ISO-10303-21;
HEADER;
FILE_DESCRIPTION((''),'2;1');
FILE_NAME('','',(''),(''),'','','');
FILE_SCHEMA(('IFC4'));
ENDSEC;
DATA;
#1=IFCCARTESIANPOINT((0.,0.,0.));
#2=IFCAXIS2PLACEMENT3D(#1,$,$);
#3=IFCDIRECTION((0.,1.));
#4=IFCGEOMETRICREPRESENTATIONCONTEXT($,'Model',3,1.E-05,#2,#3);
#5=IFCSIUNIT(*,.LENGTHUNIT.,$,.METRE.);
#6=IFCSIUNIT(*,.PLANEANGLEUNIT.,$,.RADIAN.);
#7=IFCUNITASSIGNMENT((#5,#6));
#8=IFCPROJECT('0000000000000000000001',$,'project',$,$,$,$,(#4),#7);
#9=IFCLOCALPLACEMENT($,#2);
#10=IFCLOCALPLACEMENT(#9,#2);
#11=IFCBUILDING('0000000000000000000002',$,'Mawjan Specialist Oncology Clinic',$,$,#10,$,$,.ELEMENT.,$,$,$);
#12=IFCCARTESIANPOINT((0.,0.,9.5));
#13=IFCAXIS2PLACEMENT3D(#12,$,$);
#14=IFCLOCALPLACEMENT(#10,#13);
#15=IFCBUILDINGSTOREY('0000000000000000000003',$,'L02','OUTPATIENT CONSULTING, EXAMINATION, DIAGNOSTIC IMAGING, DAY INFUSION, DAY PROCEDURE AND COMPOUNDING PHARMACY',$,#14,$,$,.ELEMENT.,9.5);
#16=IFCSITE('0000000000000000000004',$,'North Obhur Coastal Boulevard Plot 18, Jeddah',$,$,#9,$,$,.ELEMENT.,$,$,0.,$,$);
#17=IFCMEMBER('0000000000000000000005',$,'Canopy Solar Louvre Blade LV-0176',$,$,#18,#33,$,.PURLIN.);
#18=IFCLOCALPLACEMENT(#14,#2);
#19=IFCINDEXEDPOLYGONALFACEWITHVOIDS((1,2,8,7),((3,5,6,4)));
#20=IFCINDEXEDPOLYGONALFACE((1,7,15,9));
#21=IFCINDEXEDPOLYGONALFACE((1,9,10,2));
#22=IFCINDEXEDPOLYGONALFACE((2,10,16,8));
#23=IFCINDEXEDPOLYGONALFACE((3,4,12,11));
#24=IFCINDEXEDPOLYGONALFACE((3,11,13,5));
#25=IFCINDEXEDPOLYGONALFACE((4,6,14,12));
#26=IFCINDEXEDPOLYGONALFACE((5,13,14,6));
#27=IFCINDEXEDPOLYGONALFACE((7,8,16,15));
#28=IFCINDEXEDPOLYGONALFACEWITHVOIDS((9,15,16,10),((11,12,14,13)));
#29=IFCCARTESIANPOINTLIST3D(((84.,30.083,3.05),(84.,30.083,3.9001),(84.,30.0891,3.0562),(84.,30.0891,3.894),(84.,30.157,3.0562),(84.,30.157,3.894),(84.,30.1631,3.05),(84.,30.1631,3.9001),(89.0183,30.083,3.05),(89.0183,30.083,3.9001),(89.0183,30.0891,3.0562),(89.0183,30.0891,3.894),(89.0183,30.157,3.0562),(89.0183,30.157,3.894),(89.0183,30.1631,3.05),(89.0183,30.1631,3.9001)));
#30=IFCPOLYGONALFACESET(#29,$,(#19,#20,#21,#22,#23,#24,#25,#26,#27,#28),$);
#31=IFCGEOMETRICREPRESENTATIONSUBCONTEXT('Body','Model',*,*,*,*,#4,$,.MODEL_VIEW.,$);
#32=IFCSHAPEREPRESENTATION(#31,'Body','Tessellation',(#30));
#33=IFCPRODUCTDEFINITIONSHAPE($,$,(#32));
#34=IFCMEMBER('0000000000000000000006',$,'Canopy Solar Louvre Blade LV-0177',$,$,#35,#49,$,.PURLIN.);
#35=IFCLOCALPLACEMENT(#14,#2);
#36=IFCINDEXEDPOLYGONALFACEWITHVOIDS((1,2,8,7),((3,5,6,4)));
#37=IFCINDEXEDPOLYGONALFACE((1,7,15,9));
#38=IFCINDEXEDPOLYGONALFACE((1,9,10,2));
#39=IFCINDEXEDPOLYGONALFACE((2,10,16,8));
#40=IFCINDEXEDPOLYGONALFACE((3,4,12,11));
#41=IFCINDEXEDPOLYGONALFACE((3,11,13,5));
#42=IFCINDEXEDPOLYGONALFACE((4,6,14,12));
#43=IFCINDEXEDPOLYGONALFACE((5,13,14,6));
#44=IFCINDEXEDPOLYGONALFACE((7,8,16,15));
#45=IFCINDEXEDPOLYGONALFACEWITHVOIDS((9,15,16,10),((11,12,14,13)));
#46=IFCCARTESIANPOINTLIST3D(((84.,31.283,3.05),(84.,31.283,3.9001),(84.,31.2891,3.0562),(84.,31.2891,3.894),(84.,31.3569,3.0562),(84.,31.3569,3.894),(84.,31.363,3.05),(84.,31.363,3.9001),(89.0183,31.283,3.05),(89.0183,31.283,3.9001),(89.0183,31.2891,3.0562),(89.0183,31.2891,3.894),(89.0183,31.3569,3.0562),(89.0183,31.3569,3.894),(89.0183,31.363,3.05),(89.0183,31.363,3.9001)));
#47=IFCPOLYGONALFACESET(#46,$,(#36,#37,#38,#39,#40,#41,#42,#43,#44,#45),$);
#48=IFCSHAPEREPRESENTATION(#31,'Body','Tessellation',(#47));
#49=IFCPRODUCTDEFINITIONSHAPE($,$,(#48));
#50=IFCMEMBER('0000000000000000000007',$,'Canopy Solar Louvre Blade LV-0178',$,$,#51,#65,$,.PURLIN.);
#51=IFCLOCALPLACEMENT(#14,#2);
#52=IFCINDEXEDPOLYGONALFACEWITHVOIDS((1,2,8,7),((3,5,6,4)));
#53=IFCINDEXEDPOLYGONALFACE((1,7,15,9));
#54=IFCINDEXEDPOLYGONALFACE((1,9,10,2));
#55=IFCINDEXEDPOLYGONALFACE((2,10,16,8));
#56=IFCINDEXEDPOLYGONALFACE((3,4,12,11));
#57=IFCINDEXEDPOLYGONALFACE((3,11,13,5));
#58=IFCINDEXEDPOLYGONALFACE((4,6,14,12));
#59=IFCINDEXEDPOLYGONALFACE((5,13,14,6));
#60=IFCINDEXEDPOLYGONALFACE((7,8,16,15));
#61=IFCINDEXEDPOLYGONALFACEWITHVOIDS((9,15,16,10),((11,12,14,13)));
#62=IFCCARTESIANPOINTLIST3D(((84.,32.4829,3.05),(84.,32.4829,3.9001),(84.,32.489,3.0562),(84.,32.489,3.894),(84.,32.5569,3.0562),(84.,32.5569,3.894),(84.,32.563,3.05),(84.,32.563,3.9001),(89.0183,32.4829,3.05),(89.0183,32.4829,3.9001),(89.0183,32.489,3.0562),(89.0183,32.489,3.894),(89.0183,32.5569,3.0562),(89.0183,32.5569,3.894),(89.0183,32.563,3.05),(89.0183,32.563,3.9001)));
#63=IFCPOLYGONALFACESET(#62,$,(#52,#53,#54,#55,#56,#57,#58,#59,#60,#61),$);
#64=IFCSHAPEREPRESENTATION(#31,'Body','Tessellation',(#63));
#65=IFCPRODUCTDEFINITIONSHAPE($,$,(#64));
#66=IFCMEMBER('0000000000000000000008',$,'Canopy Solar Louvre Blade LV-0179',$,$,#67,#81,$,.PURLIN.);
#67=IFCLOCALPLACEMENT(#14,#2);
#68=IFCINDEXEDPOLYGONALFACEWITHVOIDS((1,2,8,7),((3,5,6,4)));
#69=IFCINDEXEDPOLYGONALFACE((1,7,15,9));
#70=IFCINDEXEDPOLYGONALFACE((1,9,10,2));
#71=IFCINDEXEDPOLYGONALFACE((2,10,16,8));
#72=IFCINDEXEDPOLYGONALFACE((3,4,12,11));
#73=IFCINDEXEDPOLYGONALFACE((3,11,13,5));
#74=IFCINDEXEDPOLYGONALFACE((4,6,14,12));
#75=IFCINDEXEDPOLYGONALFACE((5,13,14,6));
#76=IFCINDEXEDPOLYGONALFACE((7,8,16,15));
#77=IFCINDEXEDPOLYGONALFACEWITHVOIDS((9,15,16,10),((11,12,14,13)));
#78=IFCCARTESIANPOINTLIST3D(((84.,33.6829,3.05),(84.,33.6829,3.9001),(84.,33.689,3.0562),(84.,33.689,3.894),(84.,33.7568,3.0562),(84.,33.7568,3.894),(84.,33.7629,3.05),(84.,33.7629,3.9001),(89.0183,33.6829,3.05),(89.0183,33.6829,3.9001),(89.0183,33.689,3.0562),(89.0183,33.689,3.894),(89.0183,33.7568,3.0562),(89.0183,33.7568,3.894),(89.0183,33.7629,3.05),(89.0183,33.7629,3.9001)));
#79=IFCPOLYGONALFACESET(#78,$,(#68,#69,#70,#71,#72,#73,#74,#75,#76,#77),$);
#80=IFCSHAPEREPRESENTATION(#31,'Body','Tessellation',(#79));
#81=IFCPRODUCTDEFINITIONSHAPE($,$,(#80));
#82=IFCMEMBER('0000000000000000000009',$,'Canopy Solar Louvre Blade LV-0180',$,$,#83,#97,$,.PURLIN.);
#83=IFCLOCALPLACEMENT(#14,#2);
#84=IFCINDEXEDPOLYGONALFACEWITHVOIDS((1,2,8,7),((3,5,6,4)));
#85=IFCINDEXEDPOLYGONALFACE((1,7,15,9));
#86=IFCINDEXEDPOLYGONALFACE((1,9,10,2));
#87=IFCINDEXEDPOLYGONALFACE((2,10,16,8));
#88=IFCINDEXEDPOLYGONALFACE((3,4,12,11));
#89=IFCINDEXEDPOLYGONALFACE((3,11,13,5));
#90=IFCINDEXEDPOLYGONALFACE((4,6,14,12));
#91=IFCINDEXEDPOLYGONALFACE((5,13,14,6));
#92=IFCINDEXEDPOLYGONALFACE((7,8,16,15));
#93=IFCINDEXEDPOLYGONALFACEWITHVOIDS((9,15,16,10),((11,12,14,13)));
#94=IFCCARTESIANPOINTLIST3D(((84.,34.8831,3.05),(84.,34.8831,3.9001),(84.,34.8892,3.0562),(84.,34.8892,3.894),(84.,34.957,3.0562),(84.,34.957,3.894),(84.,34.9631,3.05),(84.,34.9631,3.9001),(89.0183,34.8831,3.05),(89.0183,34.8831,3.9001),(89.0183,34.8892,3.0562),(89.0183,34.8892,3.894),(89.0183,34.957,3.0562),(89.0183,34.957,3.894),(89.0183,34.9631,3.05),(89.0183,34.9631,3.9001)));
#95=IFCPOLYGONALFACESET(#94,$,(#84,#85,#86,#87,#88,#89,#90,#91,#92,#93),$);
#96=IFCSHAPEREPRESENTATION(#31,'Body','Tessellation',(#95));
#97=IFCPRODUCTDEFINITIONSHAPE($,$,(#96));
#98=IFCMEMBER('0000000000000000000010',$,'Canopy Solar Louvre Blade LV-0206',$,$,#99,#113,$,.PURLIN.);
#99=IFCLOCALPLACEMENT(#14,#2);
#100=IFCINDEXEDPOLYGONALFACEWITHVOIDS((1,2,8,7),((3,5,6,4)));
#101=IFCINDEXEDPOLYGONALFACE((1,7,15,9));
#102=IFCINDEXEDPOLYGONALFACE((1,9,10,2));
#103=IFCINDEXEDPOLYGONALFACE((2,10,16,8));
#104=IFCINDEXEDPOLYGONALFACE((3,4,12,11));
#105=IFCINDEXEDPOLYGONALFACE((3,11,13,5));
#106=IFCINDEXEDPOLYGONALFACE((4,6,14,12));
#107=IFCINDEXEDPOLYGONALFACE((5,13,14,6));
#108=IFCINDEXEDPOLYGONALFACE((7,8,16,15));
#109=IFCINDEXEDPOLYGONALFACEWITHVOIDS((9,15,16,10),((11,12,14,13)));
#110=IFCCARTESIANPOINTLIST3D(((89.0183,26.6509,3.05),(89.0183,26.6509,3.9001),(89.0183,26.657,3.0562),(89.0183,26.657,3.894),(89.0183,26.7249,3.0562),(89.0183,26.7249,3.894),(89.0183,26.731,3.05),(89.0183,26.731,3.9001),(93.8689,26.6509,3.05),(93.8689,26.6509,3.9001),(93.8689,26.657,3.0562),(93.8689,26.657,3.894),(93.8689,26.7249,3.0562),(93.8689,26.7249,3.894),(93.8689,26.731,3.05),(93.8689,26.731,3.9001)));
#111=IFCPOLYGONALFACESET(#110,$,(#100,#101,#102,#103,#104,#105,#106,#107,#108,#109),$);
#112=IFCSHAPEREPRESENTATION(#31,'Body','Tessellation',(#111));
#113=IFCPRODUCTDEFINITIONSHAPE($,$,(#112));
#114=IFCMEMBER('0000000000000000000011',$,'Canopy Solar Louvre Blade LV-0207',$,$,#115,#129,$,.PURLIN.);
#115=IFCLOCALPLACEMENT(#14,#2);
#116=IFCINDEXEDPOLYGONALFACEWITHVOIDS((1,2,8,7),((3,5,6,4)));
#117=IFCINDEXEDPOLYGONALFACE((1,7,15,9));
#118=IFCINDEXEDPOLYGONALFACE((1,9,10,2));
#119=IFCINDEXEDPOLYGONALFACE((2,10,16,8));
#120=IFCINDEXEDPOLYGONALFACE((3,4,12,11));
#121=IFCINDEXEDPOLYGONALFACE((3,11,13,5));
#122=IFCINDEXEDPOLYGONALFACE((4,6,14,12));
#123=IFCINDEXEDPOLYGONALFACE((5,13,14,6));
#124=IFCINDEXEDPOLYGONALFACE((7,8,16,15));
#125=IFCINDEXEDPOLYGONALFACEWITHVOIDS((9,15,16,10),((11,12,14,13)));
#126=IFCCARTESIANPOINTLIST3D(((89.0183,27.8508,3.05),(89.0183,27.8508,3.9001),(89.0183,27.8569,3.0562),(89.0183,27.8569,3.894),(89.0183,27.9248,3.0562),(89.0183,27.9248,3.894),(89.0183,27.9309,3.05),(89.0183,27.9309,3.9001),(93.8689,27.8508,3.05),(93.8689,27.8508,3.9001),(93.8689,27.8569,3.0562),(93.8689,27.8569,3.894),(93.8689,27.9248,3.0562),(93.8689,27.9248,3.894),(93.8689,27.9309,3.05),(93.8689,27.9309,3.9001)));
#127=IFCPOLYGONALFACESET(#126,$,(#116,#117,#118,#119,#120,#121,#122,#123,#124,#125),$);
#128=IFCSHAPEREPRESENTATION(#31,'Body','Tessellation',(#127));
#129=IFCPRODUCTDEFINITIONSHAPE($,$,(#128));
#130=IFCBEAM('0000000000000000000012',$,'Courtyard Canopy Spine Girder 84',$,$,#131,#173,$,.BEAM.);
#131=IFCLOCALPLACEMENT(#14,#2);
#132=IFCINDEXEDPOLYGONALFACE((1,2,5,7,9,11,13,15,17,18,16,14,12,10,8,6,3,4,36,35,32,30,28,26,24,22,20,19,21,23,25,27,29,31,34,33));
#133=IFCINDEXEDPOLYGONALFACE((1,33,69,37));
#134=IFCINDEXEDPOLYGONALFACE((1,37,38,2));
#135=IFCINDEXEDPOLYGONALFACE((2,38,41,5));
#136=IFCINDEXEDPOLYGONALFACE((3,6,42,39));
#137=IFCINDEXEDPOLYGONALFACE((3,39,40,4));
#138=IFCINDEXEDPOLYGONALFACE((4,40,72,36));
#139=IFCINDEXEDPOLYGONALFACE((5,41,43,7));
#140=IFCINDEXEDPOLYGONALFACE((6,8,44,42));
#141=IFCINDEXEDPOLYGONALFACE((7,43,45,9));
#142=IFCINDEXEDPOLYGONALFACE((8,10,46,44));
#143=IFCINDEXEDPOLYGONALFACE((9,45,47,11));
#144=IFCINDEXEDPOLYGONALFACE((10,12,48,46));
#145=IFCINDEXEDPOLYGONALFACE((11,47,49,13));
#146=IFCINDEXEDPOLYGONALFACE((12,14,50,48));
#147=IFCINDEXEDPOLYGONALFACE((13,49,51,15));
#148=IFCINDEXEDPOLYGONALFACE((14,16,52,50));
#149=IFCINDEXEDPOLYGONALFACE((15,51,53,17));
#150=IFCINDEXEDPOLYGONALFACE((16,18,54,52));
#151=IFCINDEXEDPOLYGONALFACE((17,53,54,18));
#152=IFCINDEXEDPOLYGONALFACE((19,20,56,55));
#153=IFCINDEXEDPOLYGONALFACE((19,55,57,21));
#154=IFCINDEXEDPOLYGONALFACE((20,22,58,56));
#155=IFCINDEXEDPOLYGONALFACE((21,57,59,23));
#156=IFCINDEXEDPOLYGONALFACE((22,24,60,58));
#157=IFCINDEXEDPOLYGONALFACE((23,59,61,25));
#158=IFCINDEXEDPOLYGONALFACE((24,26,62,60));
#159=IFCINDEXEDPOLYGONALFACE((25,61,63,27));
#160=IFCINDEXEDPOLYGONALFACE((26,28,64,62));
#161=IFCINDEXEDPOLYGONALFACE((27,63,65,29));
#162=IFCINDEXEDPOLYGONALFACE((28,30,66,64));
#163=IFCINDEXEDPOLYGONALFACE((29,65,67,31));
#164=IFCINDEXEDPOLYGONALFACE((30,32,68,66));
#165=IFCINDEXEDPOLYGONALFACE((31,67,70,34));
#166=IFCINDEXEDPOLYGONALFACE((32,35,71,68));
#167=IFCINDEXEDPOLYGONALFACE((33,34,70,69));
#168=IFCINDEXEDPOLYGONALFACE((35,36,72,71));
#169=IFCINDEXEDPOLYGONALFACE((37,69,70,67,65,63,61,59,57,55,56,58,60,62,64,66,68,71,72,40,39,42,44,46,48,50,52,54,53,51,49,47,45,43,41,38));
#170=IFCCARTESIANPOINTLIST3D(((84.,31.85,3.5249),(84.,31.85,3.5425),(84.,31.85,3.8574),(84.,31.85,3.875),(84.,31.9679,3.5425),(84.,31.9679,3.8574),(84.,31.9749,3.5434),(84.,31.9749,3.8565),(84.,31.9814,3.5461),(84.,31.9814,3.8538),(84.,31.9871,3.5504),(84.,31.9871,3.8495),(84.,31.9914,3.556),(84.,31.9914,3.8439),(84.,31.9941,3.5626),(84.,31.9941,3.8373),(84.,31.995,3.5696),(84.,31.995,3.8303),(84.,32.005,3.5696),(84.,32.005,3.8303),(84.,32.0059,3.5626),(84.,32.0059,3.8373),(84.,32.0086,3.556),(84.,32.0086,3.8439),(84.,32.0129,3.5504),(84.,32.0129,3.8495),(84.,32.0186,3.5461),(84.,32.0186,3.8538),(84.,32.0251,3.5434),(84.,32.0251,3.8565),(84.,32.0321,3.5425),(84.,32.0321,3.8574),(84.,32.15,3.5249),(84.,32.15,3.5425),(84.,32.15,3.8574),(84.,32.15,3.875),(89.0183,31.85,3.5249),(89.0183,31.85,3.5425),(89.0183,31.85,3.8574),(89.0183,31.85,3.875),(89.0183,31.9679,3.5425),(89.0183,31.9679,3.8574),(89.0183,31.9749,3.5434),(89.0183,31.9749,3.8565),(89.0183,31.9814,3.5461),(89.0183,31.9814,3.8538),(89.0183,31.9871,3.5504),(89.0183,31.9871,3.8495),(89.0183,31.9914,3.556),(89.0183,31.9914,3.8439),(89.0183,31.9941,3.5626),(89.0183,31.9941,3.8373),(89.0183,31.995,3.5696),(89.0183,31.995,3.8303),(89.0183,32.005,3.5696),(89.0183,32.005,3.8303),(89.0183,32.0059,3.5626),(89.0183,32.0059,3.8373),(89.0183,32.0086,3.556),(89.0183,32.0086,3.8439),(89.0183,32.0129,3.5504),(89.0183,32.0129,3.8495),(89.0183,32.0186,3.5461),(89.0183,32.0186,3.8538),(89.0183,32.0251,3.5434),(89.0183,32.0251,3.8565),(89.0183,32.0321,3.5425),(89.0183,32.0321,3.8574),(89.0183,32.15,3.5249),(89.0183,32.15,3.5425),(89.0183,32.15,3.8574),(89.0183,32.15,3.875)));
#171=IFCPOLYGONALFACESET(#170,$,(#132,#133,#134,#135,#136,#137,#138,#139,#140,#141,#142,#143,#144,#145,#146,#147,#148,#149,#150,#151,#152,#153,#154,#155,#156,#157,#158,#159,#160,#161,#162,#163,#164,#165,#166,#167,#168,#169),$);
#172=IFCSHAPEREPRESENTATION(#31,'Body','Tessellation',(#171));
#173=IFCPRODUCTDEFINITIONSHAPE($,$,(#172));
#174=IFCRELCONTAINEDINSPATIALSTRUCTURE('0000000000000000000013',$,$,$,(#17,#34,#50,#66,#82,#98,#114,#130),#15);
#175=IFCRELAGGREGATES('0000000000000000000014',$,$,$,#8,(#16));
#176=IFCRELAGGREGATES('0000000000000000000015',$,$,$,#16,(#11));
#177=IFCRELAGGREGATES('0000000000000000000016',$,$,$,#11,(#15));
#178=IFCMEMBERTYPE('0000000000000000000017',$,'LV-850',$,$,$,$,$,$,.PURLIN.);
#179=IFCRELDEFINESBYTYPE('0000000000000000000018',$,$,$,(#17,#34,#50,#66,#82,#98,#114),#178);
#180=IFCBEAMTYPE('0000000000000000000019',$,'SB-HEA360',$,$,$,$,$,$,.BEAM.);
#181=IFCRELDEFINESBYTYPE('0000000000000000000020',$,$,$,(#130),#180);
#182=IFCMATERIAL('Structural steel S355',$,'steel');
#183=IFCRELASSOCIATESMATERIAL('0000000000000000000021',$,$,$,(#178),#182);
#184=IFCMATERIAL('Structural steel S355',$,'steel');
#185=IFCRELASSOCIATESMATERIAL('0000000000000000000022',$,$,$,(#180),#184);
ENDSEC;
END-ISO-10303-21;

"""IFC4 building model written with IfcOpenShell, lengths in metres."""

from ifc_helpers import new_model, si_unit, direction, frame, origin, origin_2d, place, context, subcontext, project, spatial, hollow_rectangle, i_section, extrude, material, material_profile, profile_set, type_object, element, save


model = new_model("IFC4")

# Units and contexts
model_context = context("Model", 3, precision=1e-05, world=origin(), true_north=direction((0.0, 1.0)))
body_context = subcontext(model_context, "Body", "Model", "MODEL_VIEW")
ifc_project = project(units=[si_unit("LENGTHUNIT", "METRE"), si_unit("PLANEANGLEUNIT", "RADIAN")], contexts=[model_context])

# Site, building, storey
site_placement = place(None, origin())
site = spatial("IfcSite", under=ifc_project, at=site_placement, Name="North Obhur Coastal Boulevard Plot 18, Jeddah", CompositionType="ELEMENT", RefElevation=0.0)
building_placement = place(site_placement, origin())
building = spatial("IfcBuilding", under=site, at=building_placement, Name="Mawjan Specialist Oncology Clinic", CompositionType="ELEMENT")
storey_placement = place(building_placement, frame((0.0, 0.0, 9.5)))
storey = spatial("IfcBuildingStorey", under=building, at=storey_placement, Name="L02", Description="OUTPATIENT CONSULTING, EXAMINATION, DIAGNOSTIC IMAGING, DAY INFUSION, DAY PROCEDURE AND COMPOUNDING PHARMACY", CompositionType="ELEMENT", Elevation=9.5)

# Members
ifc_material_1 = material(Name="Structural steel S355", Category="steel")
ifc_material_profile_1 = material_profile(ifc_material_1, hollow_rectangle(XDim=0.0801, YDim=0.8501, WallThickness=0.0061, at=origin_2d()), Name="LOUVRE 850x80x6", Category="steel")
ifc_profile_set_1 = profile_set([ifc_material_profile_1], Name="Structural steel S355")
member_type = type_object("IfcMemberType", Name="LV-850", PredefinedType="PURLIN", material=ifc_profile_set_1)
for number, where, z_axis, x_axis, name in (
    (1, (84.0, 30.123, 3.4751), (1.0, 0.0, 0.0), (0.0, 1.0, 0.0), "Canopy Solar Louvre Blade LV-0176"),
    (2, (84.0, 31.323, 3.4751), (1.0, 0.0, 0.0), (0.0, 1.0, 0.0), "Canopy Solar Louvre Blade LV-0177"),
    (3, (84.0, 32.5229, 3.4751), (1.0, 0.0, 0.0), (0.0, 1.0, 0.0), "Canopy Solar Louvre Blade LV-0178"),
    (4, (84.0, 33.7229, 3.4751), (1.0, 0.0, 0.0), (0.0, 1.0, 0.0), "Canopy Solar Louvre Blade LV-0179"),
    (5, (84.0, 34.9231, 3.4751), (1.0, 0.0, 0.0), (0.0, 1.0, 0.0), "Canopy Solar Louvre Blade LV-0180"),
):
    element("IfcMember", number, at=place(storey_placement, frame(where, z_axis=z_axis, x_axis=x_axis)), inside=storey, type_object=member_type, Name=name, PredefinedType="PURLIN", context=body_context, shape_type="SweptSolid", body=[
        extrude(hollow_rectangle(XDim=0.0801, YDim=0.8501, WallThickness=0.0061, at=origin_2d()), origin(), (0.0, 0.0, 1.0), 5.0183),
    ])
for number, where, z_axis, x_axis, name in (
    (6, (89.0183, 26.6909, 3.4751), (1.0, 0.0, 0.0), (0.0, 1.0, 0.0), "Canopy Solar Louvre Blade LV-0206"),
    (7, (89.0183, 27.8909, 3.4751), (1.0, 0.0, 0.0), (0.0, 1.0, 0.0), "Canopy Solar Louvre Blade LV-0207"),
):
    element("IfcMember", number, at=place(storey_placement, frame(where, z_axis=z_axis, x_axis=x_axis)), inside=storey, type_object=member_type, Name=name, PredefinedType="PURLIN", context=body_context, shape_type="SweptSolid", body=[
        extrude(hollow_rectangle(XDim=0.0801, YDim=0.8501, WallThickness=0.0061, at=origin_2d()), origin(), (0.0, 0.0, 1.0), 4.8506),
    ])

# Beam
ifc_material_2 = material(Name="Structural steel S355", Category="steel")
ifc_material_profile_2 = material_profile(ifc_material_2, i_section(OverallWidth=0.3, OverallDepth=0.3501, WebThickness=0.01, FlangeThickness=0.0176, FilletRadius=0.0271, at=origin_2d()), Name="HEA 360", Category="steel")
ifc_profile_set_2 = profile_set([ifc_material_profile_2], Name="Structural steel S355")
beam_type_1 = type_object("IfcBeamType", Name="SB-HEA360", PredefinedType="BEAM", material=ifc_profile_set_2)
beam_1_placement = place(storey_placement, frame((84.0, 32.0, 3.7), z_axis=(1.0, 0.0, 0.0), x_axis=(0.0, 1.0, 0.0)))
element("IfcBeam", 8, at=beam_1_placement, inside=storey, type_object=beam_type_1, Name="Courtyard Canopy Spine Girder 84", PredefinedType="BEAM", context=body_context, shape_type="SweptSolid", body=[
    extrude(i_section(OverallWidth=0.3, OverallDepth=0.3501, WebThickness=0.01, FlangeThickness=0.0176, FilletRadius=0.0271, at=origin_2d()), origin(), (0.0, 0.0, 1.0), 5.0183),
])

save(model, "model.ifc")
